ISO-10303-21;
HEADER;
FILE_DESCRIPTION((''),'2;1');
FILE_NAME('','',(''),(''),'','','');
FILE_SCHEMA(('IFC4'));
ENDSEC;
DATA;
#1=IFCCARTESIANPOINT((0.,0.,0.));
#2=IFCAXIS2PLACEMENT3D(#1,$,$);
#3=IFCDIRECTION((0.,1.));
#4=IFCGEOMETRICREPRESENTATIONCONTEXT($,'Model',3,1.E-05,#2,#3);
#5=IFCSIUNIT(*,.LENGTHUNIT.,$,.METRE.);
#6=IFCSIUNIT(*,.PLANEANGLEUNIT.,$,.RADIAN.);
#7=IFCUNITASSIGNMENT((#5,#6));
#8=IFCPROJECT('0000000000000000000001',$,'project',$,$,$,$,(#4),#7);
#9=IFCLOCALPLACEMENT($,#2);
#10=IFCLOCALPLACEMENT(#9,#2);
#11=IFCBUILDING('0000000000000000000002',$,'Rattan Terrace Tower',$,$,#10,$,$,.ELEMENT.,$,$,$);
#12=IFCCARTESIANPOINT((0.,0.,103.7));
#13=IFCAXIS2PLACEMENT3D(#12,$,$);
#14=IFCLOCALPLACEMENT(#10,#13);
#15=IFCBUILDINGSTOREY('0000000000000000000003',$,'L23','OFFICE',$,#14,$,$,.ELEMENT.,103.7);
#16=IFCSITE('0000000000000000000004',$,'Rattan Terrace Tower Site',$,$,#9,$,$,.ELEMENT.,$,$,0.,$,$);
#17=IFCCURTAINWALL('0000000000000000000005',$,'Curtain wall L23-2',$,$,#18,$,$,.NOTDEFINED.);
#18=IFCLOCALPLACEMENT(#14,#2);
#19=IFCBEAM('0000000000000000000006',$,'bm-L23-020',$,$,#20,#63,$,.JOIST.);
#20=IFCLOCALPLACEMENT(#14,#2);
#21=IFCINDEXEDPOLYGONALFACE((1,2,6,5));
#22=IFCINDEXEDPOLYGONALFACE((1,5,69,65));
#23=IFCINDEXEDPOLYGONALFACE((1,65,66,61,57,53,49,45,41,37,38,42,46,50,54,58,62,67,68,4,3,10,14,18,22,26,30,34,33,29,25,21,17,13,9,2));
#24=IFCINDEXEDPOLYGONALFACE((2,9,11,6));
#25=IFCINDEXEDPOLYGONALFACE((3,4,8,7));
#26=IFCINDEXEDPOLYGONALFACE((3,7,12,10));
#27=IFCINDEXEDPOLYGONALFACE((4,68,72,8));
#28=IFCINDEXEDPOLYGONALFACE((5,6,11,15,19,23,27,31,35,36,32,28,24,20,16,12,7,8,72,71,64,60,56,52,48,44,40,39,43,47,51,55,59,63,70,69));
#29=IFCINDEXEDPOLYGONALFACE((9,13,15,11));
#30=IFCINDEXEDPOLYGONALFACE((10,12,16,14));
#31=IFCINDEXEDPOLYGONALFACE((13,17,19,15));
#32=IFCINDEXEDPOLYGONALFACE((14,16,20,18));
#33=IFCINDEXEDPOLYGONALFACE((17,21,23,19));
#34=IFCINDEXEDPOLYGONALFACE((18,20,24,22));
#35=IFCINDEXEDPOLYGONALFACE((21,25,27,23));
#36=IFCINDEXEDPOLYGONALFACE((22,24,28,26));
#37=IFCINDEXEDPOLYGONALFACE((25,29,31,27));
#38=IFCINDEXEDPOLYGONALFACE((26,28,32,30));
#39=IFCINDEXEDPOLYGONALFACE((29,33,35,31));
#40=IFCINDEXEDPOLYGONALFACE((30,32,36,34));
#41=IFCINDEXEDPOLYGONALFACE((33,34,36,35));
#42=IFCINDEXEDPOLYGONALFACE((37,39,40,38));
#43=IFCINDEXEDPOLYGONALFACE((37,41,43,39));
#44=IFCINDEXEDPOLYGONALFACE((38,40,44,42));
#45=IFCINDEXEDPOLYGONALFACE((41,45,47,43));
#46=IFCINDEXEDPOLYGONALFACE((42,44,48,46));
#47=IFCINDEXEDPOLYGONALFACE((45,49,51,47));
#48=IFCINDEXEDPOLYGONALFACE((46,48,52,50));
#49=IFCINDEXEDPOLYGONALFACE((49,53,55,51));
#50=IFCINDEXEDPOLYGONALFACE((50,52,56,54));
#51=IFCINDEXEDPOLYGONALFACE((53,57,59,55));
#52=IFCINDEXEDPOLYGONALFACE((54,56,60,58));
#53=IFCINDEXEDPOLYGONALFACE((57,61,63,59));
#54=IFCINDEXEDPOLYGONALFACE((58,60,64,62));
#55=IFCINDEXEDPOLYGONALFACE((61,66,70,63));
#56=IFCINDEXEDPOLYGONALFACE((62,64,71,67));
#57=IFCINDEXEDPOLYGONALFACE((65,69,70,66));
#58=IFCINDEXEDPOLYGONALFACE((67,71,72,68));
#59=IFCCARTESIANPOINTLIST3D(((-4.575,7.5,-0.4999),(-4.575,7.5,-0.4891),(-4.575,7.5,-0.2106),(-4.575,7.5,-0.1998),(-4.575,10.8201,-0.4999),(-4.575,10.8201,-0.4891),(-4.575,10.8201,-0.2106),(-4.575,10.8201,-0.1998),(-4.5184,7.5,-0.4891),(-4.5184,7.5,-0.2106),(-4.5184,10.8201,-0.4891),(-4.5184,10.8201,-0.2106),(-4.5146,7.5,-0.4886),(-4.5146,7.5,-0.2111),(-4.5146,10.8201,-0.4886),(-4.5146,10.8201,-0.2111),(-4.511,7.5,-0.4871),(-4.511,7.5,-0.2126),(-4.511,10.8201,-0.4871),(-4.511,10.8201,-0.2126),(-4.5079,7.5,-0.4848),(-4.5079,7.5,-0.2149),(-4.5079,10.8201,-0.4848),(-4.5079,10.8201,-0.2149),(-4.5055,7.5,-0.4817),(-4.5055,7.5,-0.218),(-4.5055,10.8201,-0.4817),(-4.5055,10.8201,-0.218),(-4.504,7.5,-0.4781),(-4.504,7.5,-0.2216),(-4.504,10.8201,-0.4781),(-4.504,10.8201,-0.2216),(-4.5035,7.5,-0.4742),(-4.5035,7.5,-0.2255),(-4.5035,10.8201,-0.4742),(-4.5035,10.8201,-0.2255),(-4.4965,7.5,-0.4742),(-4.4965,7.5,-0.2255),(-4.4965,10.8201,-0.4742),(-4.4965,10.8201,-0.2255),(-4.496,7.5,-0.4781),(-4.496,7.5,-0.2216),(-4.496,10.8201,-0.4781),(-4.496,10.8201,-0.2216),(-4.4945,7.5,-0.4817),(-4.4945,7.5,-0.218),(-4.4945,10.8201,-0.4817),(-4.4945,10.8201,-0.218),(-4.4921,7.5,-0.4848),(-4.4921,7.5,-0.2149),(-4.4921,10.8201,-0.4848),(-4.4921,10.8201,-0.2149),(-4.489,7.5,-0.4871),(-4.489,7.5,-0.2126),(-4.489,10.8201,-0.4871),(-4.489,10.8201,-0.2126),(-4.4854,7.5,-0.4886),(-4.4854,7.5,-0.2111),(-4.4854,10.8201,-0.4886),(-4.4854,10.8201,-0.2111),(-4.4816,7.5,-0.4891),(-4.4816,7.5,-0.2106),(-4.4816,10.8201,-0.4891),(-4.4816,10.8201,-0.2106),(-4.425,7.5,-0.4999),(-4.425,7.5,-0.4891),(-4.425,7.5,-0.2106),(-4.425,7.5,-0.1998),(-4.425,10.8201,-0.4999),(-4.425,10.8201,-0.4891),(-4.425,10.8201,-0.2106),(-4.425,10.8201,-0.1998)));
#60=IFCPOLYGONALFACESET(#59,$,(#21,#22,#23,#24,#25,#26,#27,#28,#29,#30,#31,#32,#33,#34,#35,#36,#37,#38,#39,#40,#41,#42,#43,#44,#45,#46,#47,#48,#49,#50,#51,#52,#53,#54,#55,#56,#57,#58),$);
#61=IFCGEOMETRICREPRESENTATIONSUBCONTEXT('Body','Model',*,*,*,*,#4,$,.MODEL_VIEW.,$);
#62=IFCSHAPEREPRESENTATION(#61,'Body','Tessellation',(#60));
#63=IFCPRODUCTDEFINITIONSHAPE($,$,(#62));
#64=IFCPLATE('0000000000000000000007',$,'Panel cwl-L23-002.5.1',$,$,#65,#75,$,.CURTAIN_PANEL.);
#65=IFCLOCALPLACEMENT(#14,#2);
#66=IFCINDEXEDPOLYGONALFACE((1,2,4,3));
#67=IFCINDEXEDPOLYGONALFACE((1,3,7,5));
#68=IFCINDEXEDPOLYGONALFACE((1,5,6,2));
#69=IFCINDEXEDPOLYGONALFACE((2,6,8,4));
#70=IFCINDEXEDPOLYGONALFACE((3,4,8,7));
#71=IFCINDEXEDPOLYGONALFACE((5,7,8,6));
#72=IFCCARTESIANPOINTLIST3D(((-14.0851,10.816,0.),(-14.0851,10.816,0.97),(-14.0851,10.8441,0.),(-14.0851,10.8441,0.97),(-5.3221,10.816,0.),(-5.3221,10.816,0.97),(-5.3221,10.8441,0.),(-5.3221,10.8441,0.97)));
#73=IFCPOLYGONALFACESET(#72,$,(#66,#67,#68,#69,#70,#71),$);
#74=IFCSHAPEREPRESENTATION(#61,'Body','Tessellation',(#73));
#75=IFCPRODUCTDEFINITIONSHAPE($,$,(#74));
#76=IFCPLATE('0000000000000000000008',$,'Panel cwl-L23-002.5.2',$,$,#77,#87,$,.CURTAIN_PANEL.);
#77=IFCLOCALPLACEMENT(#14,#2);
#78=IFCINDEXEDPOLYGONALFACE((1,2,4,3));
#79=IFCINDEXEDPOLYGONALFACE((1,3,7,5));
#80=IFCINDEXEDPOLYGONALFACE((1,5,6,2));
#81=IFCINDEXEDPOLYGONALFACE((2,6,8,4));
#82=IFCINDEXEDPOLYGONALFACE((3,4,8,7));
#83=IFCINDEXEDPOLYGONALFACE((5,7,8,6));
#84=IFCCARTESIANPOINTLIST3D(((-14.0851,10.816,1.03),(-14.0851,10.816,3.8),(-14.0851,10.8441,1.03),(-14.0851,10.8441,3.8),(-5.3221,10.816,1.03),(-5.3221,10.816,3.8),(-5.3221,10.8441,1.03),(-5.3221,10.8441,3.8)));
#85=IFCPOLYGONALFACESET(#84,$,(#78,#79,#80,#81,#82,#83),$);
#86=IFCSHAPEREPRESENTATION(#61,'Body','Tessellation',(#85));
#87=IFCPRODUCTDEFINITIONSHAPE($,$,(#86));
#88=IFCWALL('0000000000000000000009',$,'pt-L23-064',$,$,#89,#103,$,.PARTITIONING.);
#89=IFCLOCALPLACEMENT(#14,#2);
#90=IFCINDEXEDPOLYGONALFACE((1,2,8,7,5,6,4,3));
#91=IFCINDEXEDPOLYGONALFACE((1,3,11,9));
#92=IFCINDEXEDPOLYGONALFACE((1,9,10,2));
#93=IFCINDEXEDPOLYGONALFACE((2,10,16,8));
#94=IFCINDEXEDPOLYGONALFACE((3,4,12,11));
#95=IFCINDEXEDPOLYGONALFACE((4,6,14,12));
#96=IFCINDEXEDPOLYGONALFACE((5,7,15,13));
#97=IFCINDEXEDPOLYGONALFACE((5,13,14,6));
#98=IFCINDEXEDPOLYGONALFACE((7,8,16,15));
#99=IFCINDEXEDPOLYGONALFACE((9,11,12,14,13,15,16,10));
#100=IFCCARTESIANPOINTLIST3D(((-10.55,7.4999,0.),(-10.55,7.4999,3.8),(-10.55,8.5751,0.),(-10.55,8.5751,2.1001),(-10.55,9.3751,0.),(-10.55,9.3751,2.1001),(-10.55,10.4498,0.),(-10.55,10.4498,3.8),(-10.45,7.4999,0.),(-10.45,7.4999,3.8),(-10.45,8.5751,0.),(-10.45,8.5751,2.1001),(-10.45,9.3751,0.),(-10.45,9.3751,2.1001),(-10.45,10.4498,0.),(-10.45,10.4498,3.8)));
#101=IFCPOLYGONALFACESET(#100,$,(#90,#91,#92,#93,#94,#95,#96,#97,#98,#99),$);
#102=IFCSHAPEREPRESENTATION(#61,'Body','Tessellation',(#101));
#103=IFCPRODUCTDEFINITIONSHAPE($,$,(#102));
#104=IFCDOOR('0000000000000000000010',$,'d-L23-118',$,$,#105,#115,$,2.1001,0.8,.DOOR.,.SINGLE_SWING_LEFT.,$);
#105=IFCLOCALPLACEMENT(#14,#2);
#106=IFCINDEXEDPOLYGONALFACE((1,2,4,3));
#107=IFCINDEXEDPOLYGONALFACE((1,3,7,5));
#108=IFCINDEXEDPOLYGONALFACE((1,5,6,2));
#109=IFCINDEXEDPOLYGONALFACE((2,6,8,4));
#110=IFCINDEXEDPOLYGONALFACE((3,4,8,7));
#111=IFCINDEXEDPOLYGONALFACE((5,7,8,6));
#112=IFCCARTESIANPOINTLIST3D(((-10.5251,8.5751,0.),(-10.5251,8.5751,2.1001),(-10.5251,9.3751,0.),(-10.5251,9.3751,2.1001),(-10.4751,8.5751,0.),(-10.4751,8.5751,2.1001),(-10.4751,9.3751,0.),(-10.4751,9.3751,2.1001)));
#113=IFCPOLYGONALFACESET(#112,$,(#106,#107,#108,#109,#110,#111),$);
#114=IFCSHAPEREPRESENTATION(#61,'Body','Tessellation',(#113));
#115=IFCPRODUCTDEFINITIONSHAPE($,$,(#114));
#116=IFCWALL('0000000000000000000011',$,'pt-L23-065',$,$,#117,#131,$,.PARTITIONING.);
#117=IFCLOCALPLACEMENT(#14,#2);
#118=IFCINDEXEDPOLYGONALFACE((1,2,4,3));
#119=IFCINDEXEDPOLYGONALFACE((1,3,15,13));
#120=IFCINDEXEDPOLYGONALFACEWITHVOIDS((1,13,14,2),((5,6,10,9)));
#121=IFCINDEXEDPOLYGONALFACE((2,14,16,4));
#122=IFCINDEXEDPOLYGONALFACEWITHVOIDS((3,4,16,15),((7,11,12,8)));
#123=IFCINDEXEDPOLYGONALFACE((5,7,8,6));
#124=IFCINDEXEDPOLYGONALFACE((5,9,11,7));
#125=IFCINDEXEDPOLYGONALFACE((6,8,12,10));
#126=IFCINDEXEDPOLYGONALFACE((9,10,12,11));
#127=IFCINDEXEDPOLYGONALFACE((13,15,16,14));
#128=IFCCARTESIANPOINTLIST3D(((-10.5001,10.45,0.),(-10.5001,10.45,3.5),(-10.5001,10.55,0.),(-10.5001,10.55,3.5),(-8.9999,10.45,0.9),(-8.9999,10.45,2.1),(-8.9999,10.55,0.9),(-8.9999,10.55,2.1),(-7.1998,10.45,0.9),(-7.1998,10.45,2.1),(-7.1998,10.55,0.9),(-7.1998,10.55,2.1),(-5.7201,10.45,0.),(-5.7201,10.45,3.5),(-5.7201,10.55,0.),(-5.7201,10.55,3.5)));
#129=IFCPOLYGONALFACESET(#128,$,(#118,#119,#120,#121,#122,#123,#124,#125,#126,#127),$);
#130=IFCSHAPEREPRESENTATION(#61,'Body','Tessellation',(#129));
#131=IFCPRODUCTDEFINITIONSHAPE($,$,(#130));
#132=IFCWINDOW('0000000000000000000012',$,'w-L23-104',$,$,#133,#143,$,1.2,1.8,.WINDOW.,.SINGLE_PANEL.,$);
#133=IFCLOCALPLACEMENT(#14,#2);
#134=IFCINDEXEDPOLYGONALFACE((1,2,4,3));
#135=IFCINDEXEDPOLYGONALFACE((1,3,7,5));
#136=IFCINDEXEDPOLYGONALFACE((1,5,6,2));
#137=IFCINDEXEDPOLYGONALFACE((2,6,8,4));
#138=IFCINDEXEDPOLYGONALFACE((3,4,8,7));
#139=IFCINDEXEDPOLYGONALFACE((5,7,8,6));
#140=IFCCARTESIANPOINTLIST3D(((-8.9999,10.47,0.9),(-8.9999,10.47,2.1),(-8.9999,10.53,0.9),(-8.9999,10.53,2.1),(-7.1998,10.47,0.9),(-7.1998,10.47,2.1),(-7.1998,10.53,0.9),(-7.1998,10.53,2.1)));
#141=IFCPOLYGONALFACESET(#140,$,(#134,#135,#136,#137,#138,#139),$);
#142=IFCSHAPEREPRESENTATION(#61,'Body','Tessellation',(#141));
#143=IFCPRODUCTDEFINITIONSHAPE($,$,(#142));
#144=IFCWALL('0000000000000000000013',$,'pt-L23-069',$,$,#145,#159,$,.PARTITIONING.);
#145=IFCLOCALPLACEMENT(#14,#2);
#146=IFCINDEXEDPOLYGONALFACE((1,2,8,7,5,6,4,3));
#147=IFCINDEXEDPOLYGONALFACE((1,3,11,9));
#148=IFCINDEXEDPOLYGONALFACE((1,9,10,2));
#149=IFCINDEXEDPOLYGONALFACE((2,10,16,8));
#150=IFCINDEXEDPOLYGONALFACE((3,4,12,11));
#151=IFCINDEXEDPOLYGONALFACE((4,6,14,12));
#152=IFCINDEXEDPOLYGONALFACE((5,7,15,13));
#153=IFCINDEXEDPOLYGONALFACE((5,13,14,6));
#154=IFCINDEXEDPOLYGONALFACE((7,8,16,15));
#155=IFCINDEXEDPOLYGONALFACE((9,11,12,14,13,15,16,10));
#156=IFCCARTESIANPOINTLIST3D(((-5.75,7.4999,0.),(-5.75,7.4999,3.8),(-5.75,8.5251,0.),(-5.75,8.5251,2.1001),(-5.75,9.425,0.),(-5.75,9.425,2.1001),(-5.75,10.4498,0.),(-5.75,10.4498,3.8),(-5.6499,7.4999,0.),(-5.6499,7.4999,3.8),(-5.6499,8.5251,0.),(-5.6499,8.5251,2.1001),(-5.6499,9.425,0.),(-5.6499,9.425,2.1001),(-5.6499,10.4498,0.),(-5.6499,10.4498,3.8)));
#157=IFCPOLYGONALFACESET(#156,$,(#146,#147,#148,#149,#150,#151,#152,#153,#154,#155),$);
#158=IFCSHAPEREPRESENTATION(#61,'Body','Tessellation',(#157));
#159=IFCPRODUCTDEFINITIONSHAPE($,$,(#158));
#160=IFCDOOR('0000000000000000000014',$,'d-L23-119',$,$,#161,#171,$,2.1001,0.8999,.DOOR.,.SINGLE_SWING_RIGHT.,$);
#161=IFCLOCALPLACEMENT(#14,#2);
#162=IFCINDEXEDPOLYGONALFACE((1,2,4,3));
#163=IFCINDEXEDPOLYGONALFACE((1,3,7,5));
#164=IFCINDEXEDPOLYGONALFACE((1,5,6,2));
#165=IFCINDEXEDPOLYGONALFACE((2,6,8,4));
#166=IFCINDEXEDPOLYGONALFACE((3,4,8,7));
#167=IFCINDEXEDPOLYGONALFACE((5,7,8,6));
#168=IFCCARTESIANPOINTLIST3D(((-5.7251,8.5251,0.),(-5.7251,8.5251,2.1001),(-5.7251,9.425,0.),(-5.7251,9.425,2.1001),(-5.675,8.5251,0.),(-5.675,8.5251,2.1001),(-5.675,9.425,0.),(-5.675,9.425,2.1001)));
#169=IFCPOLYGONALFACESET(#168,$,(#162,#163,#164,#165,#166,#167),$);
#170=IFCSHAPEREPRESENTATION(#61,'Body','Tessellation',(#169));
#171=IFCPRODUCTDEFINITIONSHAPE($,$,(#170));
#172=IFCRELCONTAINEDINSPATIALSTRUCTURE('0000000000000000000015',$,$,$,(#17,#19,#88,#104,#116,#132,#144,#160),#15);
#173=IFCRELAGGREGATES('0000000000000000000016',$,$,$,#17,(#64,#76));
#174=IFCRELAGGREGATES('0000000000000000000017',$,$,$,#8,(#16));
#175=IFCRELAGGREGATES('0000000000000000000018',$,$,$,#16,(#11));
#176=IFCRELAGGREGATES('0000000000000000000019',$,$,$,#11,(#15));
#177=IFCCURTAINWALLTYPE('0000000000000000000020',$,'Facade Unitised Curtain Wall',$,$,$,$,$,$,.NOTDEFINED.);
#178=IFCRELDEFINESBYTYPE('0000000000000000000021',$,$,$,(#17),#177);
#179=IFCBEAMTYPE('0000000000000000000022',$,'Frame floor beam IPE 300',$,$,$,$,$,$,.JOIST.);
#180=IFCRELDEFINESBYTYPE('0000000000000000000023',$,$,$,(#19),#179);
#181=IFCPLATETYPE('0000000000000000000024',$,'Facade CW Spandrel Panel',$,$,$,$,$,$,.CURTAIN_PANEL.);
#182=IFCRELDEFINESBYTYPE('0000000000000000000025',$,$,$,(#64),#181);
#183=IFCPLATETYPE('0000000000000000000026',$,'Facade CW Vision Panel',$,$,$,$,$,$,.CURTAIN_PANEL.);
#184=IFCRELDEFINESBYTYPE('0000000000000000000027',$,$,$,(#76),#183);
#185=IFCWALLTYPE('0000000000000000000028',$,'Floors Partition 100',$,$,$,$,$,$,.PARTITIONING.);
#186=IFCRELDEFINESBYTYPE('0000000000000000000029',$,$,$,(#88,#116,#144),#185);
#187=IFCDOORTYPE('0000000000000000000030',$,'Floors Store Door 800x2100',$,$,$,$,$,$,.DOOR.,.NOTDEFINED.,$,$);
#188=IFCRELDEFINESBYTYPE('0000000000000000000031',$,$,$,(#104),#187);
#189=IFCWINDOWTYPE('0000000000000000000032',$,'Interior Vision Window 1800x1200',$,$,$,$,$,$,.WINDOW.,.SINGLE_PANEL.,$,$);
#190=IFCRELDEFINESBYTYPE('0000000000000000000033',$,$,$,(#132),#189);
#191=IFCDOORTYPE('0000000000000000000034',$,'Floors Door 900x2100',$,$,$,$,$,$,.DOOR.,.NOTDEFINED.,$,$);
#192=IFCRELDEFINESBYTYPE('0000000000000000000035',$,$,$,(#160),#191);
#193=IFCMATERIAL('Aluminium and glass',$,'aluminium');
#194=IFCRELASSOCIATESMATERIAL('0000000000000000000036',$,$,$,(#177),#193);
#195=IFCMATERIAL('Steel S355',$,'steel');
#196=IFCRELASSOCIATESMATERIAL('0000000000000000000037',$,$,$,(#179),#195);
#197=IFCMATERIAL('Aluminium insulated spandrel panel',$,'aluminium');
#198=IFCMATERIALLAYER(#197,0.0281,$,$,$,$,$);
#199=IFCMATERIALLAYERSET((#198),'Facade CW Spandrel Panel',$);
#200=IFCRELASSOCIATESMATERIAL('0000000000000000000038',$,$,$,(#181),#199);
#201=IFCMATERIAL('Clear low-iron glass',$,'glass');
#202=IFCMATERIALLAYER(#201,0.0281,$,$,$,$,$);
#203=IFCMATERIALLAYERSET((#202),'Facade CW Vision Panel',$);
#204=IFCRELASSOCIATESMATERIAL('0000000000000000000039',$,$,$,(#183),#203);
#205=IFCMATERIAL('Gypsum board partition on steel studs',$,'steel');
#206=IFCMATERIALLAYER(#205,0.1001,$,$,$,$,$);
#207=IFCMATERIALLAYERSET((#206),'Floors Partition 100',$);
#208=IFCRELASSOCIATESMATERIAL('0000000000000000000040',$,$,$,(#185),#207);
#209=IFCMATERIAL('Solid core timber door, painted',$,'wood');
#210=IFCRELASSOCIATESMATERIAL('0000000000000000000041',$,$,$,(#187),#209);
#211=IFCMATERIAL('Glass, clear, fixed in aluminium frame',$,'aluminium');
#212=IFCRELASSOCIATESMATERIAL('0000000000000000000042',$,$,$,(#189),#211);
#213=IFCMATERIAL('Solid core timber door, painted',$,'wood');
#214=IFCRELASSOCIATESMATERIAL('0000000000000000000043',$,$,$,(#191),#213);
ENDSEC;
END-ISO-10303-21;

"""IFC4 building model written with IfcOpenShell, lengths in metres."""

from ifc_helpers import new_model, si_unit, direction, frame, frame_2d, origin, origin_2d, place, context, subcontext, project, spatial, rectangle, i_section, extrude, material, layer, layer_set, material_profile, profile_set, type_object, element, fill, aggregate, save


model = new_model("IFC4")

# Units and contexts
model_context = context("Model", 3, precision=1e-05, world=origin(), true_north=direction((0.0, 1.0)))
body_context = subcontext(model_context, "Body", "Model", "MODEL_VIEW")
ifc_project = project(units=[si_unit("LENGTHUNIT", "METRE"), si_unit("PLANEANGLEUNIT", "RADIAN")], contexts=[model_context])

# Site, building, storey
site_placement = place(None, origin())
site = spatial("IfcSite", under=ifc_project, at=site_placement, Name="Rattan Terrace Tower Site", CompositionType="ELEMENT", RefElevation=0.0)
building_placement = place(site_placement, origin())
building = spatial("IfcBuilding", under=site, at=building_placement, Name="Rattan Terrace Tower", CompositionType="ELEMENT")
storey_placement = place(building_placement, frame((0.0, 0.0, 103.7)))
storey = spatial("IfcBuildingStorey", under=building, at=storey_placement, Name="L23", Description="OFFICE", CompositionType="ELEMENT", Elevation=103.7)

# Curtain wall
ifc_material_1 = material(Name="Aluminium and glass", Category="aluminium")
curtain_wall_type = type_object("IfcCurtainWallType", Name="Facade Unitised Curtain Wall", PredefinedType="NOTDEFINED", material=ifc_material_1)
curtain_wall_placement = place(storey_placement, origin())
curtain_wall = element("IfcCurtainWall", 1, at=curtain_wall_placement, inside=storey, type_object=curtain_wall_type, Name="Curtain wall L23-2", PredefinedType="NOTDEFINED")

# Beam
ifc_material_2 = material(Name="Steel S355", Category="steel")
ifc_material_profile_1 = material_profile(ifc_material_2, i_section(OverallWidth=0.1499, OverallDepth=0.3, WebThickness=0.0071, FlangeThickness=0.0107, FilletRadius=0.0149, at=origin_2d()), Name="IPE 300")
ifc_profile_set_1 = profile_set([ifc_material_profile_1], Name="Steel S355")
beam_type = type_object("IfcBeamType", Name="Frame floor beam IPE 300", PredefinedType="JOIST", material=ifc_profile_set_1)
for number, where, z_axis, x_axis, name in (
    (2, (-4.5, 7.5, -0.3499), (0.0, 1.0, 0.0), (-1.0, 0.0, 0.0), "bm-L23-020"),
):
    element("IfcBeam", number, at=place(storey_placement, frame(where, z_axis=z_axis, x_axis=x_axis)), inside=storey, type_object=beam_type, Name=name, PredefinedType="JOIST", context=body_context, shape_type="SweptSolid", body=[
        extrude(i_section(OverallWidth=0.1499, OverallDepth=0.3, WebThickness=0.0071, FlangeThickness=0.0107, FilletRadius=0.0149, at=origin_2d()), origin(), (0.0, 0.0, 1.0), 3.3201),
    ])

# Plates
ifc_material_3 = material(Name="Aluminium insulated spandrel panel", Category="aluminium")
ifc_layer_1 = layer(ifc_material_3, 0.0281)
ifc_layer_set_1 = layer_set([ifc_layer_1], Name="Facade CW Spandrel Panel")
plate_type_1 = type_object("IfcPlateType", Name="Facade CW Spandrel Panel", PredefinedType="CURTAIN_PANEL", material=ifc_layer_set_1)
plate_1_placement = place(storey_placement, frame((-9.7036, 10.8301, 0.0), z_axis=(0.0, 0.0, 1.0), x_axis=(-1.0, 0.0, 0.0)))
plate_1 = element("IfcPlate", 3, at=plate_1_placement, type_object=plate_type_1, Name="Panel cwl-L23-002.5.1", PredefinedType="CURTAIN_PANEL", context=body_context, shape_type="SweptSolid", body=[
    extrude(rectangle(XDim=8.7629, YDim=0.0281, at=origin_2d()), origin(), (0.0, 0.0, 1.0), 0.97),
])
ifc_material_4 = material(Name="Clear low-iron glass", Category="glass")
ifc_layer_2 = layer(ifc_material_4, 0.0281)
ifc_layer_set_2 = layer_set([ifc_layer_2], Name="Facade CW Vision Panel")
plate_type_2 = type_object("IfcPlateType", Name="Facade CW Vision Panel", PredefinedType="CURTAIN_PANEL", material=ifc_layer_set_2)
plate_2_placement = place(storey_placement, frame((-9.7036, 10.8301, 1.03), z_axis=(0.0, 0.0, 1.0), x_axis=(-1.0, 0.0, 0.0)))
plate_2 = element("IfcPlate", 4, at=plate_2_placement, type_object=plate_type_2, Name="Panel cwl-L23-002.5.2", PredefinedType="CURTAIN_PANEL", context=body_context, shape_type="SweptSolid", body=[
    extrude(rectangle(XDim=8.7629, YDim=0.0281, at=origin_2d()), origin(), (0.0, 0.0, 1.0), 2.77),
])
aggregate(curtain_wall, [plate_1, plate_2])

# Wall, opening, door
ifc_material_5 = material(Name="Gypsum board partition on steel studs", Category="steel")
ifc_layer_3 = layer(ifc_material_5, 0.1001)
ifc_layer_set_3 = layer_set([ifc_layer_3], Name="Floors Partition 100")
wall_type_1 = type_object("IfcWallType", Name="Floors Partition 100", PredefinedType="PARTITIONING", material=ifc_layer_set_3)
wall_1_placement = place(storey_placement, frame((-10.5, 10.45, 0.0), z_axis=(0.0, 0.0, 1.0), x_axis=(0.0, -1.0, 0.0)))
wall_1 = element("IfcWall", 5, at=wall_1_placement, inside=storey, type_object=wall_type_1, Name="pt-L23-064", PredefinedType="PARTITIONING", context=body_context, shape_type="SweptSolid", body=[
    extrude(rectangle(XDim=2.95, YDim=0.1001, at=frame_2d((1.4751, 0.0))), origin(), (0.0, 0.0, 1.0), 3.8),
])
opening_1_placement = place(wall_1_placement, frame((1.075, 0.0, 0.0)))
opening_1 = element("IfcOpeningElement", 6, at=opening_1_placement, cuts=wall_1, PredefinedType="OPENING", context=body_context, shape_type="SweptSolid", body=[
    extrude(rectangle(XDim=0.8, YDim=2.1001, at=frame_2d((0.3999, 1.05))), frame((0.0, 0.0605, 0.0), z_axis=(0.0, -1.0, 0.0), x_axis=(1.0, 0.0, 0.0)), (0.0, 0.0, 1.0), 0.1211),
])
ifc_material_6 = material(Name="Solid core timber door, painted", Category="wood")
door_type_1 = type_object("IfcDoorType", Name="Floors Store Door 800x2100", OperationType="NOTDEFINED", PredefinedType="DOOR", material=ifc_material_6)
door_1_placement = place(opening_1_placement, origin())
door_1 = element("IfcDoor", 7, at=door_1_placement, inside=storey, type_object=door_type_1, Name="d-L23-118", OperationType="SINGLE_SWING_LEFT", OverallHeight=2.1001, OverallWidth=0.8, PredefinedType="DOOR", context=body_context, shape_type="SweptSolid", body=[
    extrude(rectangle(XDim=0.8, YDim=2.1001, at=frame_2d((0.3999, 1.05))), frame((0.0, 0.0249, 0.0), z_axis=(0.0, -1.0, 0.0), x_axis=(1.0, 0.0, 0.0)), (0.0, 0.0, 1.0), 0.05),
])
fill(opening_1, door_1)

# Wall, opening, window
wall_2_placement = place(storey_placement, frame((-5.72, 10.5, 0.0), z_axis=(0.0, 0.0, 1.0), x_axis=(-1.0, 0.0, 0.0)))
wall_2 = element("IfcWall", 8, at=wall_2_placement, inside=storey, type_object=wall_type_1, Name="pt-L23-065", PredefinedType="PARTITIONING", context=body_context, shape_type="SweptSolid", body=[
    extrude(rectangle(XDim=4.78, YDim=0.1001, at=frame_2d((2.3901, 0.0))), origin(), (0.0, 0.0, 1.0), 3.5),
])
opening_2_placement = place(wall_2_placement, frame((1.48, 0.0, 0.8999)))
opening_2 = element("IfcOpeningElement", 9, at=opening_2_placement, cuts=wall_2, PredefinedType="OPENING", context=body_context, shape_type="SweptSolid", body=[
    extrude(rectangle(XDim=1.8, YDim=1.2, at=frame_2d((0.8999, 0.6001))), frame((0.0, 0.0605, 0.0), z_axis=(0.0, -1.0, 0.0), x_axis=(1.0, 0.0, 0.0)), (0.0, 0.0, 1.0), 0.1211),
])
ifc_material_7 = material(Name="Glass, clear, fixed in aluminium frame", Category="aluminium")
window_type = type_object("IfcWindowType", Name="Interior Vision Window 1800x1200", PartitioningType="SINGLE_PANEL", PredefinedType="WINDOW", material=ifc_material_7)
window_placement = place(opening_2_placement, origin())
window = element("IfcWindow", 10, at=window_placement, inside=storey, type_object=window_type, Name="w-L23-104", OverallHeight=1.2, OverallWidth=1.8, PartitioningType="SINGLE_PANEL", PredefinedType="WINDOW", context=body_context, shape_type="SweptSolid", body=[
    extrude(rectangle(XDim=1.8, YDim=1.2, at=frame_2d((0.8999, 0.6001))), frame((0.0, 0.03, 0.0), z_axis=(0.0, -1.0, 0.0), x_axis=(1.0, 0.0, 0.0)), (0.0, 0.0, 1.0), 0.0601),
])
fill(opening_2, window)

# Wall, opening, door
wall_3_placement = place(storey_placement, frame((-5.7, 10.45, 0.0), z_axis=(0.0, 0.0, 1.0), x_axis=(0.0, -1.0, 0.0)))
wall_3 = element("IfcWall", 11, at=wall_3_placement, inside=storey, type_object=wall_type_1, Name="pt-L23-069", PredefinedType="PARTITIONING", context=body_context, shape_type="SweptSolid", body=[
    extrude(rectangle(XDim=2.95, YDim=0.1001, at=frame_2d((1.4751, 0.0))), origin(), (0.0, 0.0, 1.0), 3.8),
])
opening_3_placement = place(wall_3_placement, frame((1.0249, 0.0, 0.0)))
opening_3 = element("IfcOpeningElement", 12, at=opening_3_placement, cuts=wall_3, PredefinedType="OPENING", context=body_context, shape_type="SweptSolid", body=[
    extrude(rectangle(XDim=0.8999, YDim=2.1001, at=frame_2d((0.45, 1.05))), frame((0.0, 0.0605, 0.0), z_axis=(0.0, -1.0, 0.0), x_axis=(1.0, 0.0, 0.0)), (0.0, 0.0, 1.0), 0.1211),
])
ifc_material_8 = material(Name="Solid core timber door, painted", Category="wood")
door_type_2 = type_object("IfcDoorType", Name="Floors Door 900x2100", OperationType="NOTDEFINED", PredefinedType="DOOR", material=ifc_material_8)
door_2_placement = place(opening_3_placement, origin())
door_2 = element("IfcDoor", 13, at=door_2_placement, inside=storey, type_object=door_type_2, Name="d-L23-119", OperationType="SINGLE_SWING_RIGHT", OverallHeight=2.1001, OverallWidth=0.8999, PredefinedType="DOOR", context=body_context, shape_type="SweptSolid", body=[
    extrude(rectangle(XDim=0.8999, YDim=2.1001, at=frame_2d((0.45, 1.05))), frame((0.0, 0.0249, 0.0), z_axis=(0.0, -1.0, 0.0), x_axis=(1.0, 0.0, 0.0)), (0.0, 0.0, 1.0), 0.05),
])
fill(opening_3, door_2)

save(model, "model.ifc")
